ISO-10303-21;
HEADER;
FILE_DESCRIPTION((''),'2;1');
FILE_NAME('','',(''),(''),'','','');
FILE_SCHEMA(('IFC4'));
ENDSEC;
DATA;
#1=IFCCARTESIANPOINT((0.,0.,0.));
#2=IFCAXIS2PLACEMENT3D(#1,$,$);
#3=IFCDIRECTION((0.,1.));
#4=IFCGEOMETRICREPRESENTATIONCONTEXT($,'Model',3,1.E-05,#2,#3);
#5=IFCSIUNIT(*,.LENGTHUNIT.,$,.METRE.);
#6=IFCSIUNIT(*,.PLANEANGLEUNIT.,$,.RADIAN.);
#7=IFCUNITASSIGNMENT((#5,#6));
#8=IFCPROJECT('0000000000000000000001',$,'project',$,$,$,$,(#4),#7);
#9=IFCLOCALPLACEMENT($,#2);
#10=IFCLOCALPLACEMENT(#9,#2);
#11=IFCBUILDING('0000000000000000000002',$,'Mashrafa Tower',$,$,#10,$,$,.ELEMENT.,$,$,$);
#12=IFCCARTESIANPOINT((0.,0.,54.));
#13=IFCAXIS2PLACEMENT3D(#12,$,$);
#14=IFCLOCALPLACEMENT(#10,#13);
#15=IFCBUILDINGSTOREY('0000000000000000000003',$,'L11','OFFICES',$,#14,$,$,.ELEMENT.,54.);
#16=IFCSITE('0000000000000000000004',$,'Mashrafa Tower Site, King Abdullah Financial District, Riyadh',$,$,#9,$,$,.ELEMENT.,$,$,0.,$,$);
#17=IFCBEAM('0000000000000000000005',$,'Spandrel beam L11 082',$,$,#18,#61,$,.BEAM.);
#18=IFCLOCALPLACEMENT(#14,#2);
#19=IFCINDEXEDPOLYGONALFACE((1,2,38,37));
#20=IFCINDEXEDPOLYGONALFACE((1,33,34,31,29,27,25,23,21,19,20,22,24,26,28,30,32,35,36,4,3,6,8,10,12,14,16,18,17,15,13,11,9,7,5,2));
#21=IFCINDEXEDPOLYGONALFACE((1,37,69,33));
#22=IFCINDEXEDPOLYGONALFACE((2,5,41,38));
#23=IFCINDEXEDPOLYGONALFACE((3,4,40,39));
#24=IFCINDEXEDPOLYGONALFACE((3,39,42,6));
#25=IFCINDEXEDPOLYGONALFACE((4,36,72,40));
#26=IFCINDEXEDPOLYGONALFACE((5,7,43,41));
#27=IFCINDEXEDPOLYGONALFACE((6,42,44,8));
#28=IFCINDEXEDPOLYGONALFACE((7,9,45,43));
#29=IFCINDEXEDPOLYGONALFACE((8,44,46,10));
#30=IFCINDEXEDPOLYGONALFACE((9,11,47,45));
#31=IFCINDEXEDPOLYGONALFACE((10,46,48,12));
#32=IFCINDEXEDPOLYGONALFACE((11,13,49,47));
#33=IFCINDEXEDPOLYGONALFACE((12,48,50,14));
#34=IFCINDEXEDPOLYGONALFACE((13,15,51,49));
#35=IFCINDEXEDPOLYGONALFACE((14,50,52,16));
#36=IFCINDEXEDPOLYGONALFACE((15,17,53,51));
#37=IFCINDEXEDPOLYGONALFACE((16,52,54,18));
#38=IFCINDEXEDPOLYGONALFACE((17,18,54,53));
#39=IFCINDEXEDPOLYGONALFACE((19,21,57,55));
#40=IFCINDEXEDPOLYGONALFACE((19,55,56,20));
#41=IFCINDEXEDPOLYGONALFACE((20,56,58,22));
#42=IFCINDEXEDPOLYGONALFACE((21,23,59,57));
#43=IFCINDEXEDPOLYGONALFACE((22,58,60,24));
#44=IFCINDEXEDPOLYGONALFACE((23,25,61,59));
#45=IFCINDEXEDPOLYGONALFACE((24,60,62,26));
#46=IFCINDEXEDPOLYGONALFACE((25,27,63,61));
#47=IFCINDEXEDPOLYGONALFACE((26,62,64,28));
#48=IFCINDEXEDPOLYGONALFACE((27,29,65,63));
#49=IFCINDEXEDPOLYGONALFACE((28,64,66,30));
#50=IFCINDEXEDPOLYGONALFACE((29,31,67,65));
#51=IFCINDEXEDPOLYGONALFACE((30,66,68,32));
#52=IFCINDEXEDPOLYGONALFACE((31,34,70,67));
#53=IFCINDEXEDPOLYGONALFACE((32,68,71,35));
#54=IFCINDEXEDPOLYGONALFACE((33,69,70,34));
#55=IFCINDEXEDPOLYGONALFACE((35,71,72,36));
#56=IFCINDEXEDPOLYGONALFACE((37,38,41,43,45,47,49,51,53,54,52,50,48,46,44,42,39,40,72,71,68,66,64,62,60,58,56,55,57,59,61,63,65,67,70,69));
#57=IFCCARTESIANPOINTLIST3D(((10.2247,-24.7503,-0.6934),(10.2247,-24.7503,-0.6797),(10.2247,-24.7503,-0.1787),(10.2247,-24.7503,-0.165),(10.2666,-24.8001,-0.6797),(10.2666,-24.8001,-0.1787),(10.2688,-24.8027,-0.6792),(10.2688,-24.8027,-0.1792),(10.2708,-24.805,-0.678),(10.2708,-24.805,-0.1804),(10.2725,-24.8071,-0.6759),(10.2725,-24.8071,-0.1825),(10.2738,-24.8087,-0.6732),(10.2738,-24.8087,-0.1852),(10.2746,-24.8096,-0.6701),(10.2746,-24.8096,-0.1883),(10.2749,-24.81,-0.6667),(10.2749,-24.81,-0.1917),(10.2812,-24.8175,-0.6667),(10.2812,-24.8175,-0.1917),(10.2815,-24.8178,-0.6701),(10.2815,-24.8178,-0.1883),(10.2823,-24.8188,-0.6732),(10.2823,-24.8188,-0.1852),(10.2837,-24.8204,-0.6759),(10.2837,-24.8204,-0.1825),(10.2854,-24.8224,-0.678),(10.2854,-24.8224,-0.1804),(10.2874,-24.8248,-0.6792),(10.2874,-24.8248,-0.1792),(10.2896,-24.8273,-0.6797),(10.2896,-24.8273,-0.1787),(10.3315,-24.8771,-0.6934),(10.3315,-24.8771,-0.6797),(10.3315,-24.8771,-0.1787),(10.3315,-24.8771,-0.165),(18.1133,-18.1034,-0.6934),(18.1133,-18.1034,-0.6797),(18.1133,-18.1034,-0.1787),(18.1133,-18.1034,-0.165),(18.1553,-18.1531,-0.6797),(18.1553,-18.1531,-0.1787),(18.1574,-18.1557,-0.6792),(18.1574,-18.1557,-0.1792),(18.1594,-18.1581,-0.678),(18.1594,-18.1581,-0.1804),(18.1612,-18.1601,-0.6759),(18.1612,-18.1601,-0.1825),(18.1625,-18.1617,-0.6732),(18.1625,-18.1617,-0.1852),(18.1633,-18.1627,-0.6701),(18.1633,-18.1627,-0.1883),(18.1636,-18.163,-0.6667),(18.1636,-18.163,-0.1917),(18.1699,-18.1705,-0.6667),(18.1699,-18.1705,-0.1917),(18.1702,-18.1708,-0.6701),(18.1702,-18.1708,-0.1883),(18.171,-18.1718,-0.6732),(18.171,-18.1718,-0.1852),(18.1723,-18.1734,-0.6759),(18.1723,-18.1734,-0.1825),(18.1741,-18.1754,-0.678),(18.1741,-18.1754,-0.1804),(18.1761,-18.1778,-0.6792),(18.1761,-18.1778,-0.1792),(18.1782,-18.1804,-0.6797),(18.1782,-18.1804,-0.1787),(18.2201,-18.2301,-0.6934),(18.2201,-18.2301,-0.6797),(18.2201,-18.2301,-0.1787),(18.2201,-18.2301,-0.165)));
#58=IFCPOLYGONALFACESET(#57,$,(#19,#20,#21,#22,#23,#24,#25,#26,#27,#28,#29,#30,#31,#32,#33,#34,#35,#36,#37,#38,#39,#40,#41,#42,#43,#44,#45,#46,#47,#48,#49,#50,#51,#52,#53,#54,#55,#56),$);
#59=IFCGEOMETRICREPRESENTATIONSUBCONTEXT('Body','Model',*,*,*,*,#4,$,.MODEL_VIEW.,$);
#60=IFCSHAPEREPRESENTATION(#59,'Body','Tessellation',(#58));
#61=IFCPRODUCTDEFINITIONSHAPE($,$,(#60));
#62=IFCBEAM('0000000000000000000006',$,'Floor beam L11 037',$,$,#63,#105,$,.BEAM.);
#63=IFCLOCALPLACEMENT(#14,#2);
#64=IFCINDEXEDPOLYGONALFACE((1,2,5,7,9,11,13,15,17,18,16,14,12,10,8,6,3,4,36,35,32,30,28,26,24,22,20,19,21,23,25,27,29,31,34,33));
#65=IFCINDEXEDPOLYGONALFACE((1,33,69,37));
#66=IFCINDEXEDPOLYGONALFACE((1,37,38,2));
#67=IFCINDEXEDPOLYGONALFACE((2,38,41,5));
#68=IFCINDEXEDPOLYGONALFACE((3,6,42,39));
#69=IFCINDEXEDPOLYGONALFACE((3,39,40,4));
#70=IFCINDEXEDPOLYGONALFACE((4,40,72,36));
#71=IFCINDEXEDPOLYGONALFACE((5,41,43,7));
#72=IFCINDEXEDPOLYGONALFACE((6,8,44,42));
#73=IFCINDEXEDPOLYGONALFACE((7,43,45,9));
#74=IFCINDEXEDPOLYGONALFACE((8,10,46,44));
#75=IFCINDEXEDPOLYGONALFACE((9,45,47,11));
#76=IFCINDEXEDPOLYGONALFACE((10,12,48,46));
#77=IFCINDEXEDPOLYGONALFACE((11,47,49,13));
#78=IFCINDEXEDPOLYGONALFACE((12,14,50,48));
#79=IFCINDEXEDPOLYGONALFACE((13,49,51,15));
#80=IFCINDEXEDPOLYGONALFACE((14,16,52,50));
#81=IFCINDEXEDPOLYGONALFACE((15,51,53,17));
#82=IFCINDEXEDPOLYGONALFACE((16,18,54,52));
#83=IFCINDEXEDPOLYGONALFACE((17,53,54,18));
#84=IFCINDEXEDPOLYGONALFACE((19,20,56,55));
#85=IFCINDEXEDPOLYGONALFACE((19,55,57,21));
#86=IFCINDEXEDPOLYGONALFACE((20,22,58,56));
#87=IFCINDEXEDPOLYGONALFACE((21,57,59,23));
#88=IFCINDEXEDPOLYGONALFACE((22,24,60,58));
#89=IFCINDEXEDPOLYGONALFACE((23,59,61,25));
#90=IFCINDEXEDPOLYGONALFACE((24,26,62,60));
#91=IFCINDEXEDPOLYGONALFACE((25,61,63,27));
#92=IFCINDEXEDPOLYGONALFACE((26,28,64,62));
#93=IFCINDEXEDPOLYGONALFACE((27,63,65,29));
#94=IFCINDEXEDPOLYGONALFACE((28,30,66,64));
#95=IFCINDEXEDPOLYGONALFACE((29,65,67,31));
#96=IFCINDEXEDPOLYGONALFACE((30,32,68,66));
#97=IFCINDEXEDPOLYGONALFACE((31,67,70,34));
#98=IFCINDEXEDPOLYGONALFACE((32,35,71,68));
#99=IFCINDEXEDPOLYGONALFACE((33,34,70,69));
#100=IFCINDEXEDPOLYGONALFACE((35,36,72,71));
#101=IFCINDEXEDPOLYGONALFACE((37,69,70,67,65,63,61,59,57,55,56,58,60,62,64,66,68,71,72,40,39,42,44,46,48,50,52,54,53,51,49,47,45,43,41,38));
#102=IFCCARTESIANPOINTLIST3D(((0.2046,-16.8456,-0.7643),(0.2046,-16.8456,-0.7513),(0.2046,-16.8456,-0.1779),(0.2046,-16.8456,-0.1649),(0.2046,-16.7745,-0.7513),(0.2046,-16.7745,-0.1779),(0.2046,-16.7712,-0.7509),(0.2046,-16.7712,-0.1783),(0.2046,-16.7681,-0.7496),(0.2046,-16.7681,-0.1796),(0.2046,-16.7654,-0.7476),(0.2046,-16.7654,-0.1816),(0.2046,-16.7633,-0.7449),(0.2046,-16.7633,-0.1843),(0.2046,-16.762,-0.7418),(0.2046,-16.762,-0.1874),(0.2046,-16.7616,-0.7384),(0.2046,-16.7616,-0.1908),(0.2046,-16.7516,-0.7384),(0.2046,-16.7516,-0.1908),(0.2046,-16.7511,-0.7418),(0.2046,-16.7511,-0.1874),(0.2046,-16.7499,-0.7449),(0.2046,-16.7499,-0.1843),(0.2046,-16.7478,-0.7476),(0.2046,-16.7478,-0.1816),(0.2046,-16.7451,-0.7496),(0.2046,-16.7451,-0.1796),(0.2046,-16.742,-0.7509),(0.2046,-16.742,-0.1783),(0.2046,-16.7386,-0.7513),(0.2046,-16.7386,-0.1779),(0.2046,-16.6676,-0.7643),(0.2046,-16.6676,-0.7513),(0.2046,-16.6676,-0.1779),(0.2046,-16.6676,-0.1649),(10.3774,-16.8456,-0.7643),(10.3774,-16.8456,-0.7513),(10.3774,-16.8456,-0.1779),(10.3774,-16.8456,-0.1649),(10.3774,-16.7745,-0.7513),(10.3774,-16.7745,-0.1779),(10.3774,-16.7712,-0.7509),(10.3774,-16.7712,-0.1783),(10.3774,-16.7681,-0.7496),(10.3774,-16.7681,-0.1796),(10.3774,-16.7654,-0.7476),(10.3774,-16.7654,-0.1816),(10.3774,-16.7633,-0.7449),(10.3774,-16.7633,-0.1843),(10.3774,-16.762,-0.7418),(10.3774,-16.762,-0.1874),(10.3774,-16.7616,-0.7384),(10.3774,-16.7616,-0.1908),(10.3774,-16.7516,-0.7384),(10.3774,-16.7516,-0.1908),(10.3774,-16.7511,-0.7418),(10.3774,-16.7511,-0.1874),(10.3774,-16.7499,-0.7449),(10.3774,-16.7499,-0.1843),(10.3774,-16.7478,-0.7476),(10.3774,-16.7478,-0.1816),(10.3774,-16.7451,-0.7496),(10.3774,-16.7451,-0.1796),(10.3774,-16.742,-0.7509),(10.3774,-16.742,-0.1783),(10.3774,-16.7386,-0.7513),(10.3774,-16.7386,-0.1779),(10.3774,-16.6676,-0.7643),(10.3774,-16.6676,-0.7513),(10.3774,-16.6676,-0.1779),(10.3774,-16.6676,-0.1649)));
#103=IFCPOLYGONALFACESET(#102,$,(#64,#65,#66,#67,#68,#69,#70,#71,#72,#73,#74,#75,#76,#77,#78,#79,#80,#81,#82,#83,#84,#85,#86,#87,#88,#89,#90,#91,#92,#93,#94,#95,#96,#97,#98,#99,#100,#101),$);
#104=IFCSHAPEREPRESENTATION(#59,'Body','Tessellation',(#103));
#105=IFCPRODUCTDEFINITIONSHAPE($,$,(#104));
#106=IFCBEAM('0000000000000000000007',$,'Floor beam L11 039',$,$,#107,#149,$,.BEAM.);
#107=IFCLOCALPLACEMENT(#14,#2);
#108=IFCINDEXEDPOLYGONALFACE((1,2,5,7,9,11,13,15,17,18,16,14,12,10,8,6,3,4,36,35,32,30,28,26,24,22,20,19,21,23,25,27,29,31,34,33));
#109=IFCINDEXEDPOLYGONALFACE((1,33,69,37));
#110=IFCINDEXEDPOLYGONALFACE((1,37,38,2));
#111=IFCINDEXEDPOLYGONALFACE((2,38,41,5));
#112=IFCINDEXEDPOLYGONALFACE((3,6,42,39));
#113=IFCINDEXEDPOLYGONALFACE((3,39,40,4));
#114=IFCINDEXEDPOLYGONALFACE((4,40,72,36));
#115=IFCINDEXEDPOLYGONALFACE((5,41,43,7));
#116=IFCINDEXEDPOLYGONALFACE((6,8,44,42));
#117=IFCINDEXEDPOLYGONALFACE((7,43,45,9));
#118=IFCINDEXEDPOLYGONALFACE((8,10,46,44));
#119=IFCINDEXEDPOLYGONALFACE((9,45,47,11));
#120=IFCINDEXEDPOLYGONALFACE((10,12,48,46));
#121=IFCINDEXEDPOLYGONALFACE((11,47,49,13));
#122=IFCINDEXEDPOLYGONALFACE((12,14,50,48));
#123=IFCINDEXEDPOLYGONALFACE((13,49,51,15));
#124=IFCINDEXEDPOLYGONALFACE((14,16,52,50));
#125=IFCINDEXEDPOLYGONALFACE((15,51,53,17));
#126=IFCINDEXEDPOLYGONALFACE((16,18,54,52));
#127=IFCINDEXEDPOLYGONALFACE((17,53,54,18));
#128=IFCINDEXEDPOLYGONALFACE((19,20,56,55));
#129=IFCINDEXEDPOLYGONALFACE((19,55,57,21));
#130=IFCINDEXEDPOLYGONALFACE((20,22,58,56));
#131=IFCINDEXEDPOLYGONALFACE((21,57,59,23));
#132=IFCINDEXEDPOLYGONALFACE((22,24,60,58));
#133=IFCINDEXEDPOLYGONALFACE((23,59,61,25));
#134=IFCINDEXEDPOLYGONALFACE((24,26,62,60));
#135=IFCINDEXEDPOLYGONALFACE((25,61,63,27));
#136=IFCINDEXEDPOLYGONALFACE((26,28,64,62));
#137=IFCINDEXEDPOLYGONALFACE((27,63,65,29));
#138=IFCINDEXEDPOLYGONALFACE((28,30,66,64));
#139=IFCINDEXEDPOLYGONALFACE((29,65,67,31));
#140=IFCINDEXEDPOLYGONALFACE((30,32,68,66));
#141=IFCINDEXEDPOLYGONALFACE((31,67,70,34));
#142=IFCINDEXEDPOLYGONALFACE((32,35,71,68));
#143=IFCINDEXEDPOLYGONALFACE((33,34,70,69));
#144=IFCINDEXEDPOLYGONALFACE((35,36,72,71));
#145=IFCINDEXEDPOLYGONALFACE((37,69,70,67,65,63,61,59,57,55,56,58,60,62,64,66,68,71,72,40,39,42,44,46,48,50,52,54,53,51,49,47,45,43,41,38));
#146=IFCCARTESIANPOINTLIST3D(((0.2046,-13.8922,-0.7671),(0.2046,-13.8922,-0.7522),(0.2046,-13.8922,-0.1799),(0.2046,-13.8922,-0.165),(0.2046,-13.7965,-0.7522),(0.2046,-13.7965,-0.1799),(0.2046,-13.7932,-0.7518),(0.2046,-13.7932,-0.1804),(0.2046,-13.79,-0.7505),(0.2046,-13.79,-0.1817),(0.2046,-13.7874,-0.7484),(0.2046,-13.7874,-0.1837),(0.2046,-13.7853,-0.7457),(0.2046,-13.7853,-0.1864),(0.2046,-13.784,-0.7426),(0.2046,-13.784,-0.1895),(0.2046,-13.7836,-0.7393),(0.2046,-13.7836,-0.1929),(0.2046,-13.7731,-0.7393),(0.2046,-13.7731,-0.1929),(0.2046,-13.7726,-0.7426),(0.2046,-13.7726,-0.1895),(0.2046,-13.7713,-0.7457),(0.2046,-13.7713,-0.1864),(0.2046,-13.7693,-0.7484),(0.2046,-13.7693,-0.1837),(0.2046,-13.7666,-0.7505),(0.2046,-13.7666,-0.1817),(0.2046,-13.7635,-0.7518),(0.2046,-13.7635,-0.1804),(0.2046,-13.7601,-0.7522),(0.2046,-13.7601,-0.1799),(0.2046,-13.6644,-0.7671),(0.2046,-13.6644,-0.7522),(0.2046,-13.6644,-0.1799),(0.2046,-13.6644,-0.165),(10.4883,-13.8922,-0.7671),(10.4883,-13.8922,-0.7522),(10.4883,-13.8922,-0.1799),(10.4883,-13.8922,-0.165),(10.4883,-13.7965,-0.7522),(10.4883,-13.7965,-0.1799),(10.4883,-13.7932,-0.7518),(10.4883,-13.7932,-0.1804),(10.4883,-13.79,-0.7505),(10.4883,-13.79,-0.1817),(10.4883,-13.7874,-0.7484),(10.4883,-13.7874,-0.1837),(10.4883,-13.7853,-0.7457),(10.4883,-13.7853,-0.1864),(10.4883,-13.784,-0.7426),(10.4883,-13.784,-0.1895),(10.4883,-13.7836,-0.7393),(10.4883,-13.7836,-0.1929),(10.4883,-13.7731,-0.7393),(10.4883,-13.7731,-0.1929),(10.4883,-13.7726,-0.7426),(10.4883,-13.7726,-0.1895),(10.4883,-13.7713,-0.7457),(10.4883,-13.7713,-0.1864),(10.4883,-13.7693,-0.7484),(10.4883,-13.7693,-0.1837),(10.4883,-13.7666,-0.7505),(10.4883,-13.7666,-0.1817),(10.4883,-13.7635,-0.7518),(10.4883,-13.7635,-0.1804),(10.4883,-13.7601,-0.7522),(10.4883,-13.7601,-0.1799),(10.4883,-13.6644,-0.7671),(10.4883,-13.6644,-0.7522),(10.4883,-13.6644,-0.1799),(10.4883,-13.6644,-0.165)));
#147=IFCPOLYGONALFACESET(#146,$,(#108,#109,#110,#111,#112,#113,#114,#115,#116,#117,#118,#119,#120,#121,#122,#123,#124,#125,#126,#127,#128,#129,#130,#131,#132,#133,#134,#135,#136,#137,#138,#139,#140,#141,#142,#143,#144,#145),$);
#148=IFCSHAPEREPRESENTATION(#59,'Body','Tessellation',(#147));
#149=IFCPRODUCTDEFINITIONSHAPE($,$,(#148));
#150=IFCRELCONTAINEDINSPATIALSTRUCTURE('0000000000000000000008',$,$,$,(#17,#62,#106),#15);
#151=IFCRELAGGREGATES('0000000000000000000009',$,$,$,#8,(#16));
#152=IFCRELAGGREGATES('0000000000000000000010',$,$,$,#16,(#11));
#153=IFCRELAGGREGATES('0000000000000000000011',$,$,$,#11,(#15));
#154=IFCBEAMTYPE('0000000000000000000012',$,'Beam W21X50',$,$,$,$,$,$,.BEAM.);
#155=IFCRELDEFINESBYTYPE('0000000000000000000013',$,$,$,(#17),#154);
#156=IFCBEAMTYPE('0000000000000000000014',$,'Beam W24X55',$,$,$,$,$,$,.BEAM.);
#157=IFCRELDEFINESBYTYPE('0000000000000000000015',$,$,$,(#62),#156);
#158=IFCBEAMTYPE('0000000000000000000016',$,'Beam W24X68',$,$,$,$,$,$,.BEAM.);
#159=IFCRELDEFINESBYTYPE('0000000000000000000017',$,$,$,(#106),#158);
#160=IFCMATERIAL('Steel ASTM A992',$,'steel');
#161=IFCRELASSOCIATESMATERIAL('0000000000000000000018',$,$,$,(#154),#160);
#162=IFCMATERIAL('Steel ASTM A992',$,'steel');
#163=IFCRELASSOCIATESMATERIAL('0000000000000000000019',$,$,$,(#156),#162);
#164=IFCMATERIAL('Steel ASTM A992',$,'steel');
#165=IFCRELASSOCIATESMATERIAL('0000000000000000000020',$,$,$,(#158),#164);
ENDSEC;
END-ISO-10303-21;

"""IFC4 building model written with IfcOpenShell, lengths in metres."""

from ifc_helpers import new_model, si_unit, direction, frame, origin, origin_2d, place, context, subcontext, project, spatial, i_section, extrude, material, material_profile, profile_set, type_object, element, save


model = new_model("IFC4")

# Units and contexts
model_context = context("Model", 3, precision=1e-05, world=origin(), true_north=direction((0.0, 1.0)))
body_context = subcontext(model_context, "Body", "Model", "MODEL_VIEW")
ifc_project = project(units=[si_unit("LENGTHUNIT", "METRE"), si_unit("PLANEANGLEUNIT", "RADIAN")], contexts=[model_context])

# Site, building, storey
site_placement = place(None, origin())
site = spatial("IfcSite", under=ifc_project, at=site_placement, Name="Mashrafa Tower Site, King Abdullah Financial District, Riyadh", CompositionType="ELEMENT", RefElevation=0.0)
building_placement = place(site_placement, origin())
building = spatial("IfcBuilding", under=site, at=building_placement, Name="Mashrafa Tower", CompositionType="ELEMENT")
storey_placement = place(building_placement, frame((0.0, 0.0, 54.0)))
storey = spatial("IfcBuildingStorey", under=building, at=storey_placement, Name="L11", Description="OFFICES", CompositionType="ELEMENT", Elevation=54.0)

# Beams
ifc_material_1 = material(Name="Steel ASTM A992", Category="steel")
ifc_material_profile_1 = material_profile(ifc_material_1, i_section(OverallWidth=0.1658, OverallDepth=0.5283, WebThickness=0.0098, FlangeThickness=0.0137, FilletRadius=0.0129, at=origin_2d()), Name="W21X50")
ifc_profile_set_1 = profile_set([ifc_material_profile_1], Name="Steel ASTM A992")
beam_type_1 = type_object("IfcBeamType", Name="Beam W21X50", PredefinedType="BEAM", material=ifc_profile_set_1)
beam_1_placement = place(storey_placement, frame((10.2781, -24.8137, -0.4292), z_axis=(0.764726, 0.644356, 0.0), x_axis=(-0.644356, 0.764726, 0.0)))
element("IfcBeam", 1, at=beam_1_placement, inside=storey, type_object=beam_type_1, Name="Spandrel beam L11 082", PredefinedType="BEAM", context=body_context, shape_type="SweptSolid", body=[
    extrude(i_section(OverallWidth=0.1658, OverallDepth=0.5283, WebThickness=0.0098, FlangeThickness=0.0137, FilletRadius=0.0129, at=origin_2d()), origin(), (0.0, 0.0, 1.0), 10.3157),
])
ifc_material_2 = material(Name="Steel ASTM A992", Category="steel")
ifc_material_profile_2 = material_profile(ifc_material_2, i_section(OverallWidth=0.178, OverallDepth=0.5994, WebThickness=0.01, FlangeThickness=0.0129, FilletRadius=0.0129, at=origin_2d()), Name="W24X55")
ifc_profile_set_2 = profile_set([ifc_material_profile_2], Name="Steel ASTM A992")
beam_type_2 = type_object("IfcBeamType", Name="Beam W24X55", PredefinedType="BEAM", material=ifc_profile_set_2)
beam_2_placement = place(storey_placement, frame((10.3774, -16.7566, -0.4646), z_axis=(-1.0, 0.0, 0.0), x_axis=(0.0, -1.0, 0.0)))
element("IfcBeam", 2, at=beam_2_placement, inside=storey, type_object=beam_type_2, Name="Floor beam L11 037", PredefinedType="BEAM", context=body_context, shape_type="SweptSolid", body=[
    extrude(i_section(OverallWidth=0.178, OverallDepth=0.5994, WebThickness=0.01, FlangeThickness=0.0129, FilletRadius=0.0129, at=origin_2d()), origin(), (0.0, 0.0, 1.0), 10.1729),
])
ifc_material_3 = material(Name="Steel ASTM A992", Category="steel")
ifc_material_profile_3 = material_profile(ifc_material_3, i_section(OverallWidth=0.2278, OverallDepth=0.6021, WebThickness=0.0105, FlangeThickness=0.0149, FilletRadius=0.0129, at=origin_2d()), Name="W24X68")
ifc_profile_set_3 = profile_set([ifc_material_profile_3], Name="Steel ASTM A992")
beam_type_3 = type_object("IfcBeamType", Name="Beam W24X68", PredefinedType="BEAM", material=ifc_profile_set_3)
beam_3_placement = place(storey_placement, frame((10.4883, -13.7783, -0.4661), z_axis=(-1.0, 0.0, 0.0), x_axis=(0.0, -1.0, 0.0)))
element("IfcBeam", 3, at=beam_3_placement, inside=storey, type_object=beam_type_3, Name="Floor beam L11 039", PredefinedType="BEAM", context=body_context, shape_type="SweptSolid", body=[
    extrude(i_section(OverallWidth=0.2278, OverallDepth=0.6021, WebThickness=0.0105, FlangeThickness=0.0149, FilletRadius=0.0129, at=origin_2d()), origin(), (0.0, 0.0, 1.0), 10.2837),
])

save(model, "model.ifc")
